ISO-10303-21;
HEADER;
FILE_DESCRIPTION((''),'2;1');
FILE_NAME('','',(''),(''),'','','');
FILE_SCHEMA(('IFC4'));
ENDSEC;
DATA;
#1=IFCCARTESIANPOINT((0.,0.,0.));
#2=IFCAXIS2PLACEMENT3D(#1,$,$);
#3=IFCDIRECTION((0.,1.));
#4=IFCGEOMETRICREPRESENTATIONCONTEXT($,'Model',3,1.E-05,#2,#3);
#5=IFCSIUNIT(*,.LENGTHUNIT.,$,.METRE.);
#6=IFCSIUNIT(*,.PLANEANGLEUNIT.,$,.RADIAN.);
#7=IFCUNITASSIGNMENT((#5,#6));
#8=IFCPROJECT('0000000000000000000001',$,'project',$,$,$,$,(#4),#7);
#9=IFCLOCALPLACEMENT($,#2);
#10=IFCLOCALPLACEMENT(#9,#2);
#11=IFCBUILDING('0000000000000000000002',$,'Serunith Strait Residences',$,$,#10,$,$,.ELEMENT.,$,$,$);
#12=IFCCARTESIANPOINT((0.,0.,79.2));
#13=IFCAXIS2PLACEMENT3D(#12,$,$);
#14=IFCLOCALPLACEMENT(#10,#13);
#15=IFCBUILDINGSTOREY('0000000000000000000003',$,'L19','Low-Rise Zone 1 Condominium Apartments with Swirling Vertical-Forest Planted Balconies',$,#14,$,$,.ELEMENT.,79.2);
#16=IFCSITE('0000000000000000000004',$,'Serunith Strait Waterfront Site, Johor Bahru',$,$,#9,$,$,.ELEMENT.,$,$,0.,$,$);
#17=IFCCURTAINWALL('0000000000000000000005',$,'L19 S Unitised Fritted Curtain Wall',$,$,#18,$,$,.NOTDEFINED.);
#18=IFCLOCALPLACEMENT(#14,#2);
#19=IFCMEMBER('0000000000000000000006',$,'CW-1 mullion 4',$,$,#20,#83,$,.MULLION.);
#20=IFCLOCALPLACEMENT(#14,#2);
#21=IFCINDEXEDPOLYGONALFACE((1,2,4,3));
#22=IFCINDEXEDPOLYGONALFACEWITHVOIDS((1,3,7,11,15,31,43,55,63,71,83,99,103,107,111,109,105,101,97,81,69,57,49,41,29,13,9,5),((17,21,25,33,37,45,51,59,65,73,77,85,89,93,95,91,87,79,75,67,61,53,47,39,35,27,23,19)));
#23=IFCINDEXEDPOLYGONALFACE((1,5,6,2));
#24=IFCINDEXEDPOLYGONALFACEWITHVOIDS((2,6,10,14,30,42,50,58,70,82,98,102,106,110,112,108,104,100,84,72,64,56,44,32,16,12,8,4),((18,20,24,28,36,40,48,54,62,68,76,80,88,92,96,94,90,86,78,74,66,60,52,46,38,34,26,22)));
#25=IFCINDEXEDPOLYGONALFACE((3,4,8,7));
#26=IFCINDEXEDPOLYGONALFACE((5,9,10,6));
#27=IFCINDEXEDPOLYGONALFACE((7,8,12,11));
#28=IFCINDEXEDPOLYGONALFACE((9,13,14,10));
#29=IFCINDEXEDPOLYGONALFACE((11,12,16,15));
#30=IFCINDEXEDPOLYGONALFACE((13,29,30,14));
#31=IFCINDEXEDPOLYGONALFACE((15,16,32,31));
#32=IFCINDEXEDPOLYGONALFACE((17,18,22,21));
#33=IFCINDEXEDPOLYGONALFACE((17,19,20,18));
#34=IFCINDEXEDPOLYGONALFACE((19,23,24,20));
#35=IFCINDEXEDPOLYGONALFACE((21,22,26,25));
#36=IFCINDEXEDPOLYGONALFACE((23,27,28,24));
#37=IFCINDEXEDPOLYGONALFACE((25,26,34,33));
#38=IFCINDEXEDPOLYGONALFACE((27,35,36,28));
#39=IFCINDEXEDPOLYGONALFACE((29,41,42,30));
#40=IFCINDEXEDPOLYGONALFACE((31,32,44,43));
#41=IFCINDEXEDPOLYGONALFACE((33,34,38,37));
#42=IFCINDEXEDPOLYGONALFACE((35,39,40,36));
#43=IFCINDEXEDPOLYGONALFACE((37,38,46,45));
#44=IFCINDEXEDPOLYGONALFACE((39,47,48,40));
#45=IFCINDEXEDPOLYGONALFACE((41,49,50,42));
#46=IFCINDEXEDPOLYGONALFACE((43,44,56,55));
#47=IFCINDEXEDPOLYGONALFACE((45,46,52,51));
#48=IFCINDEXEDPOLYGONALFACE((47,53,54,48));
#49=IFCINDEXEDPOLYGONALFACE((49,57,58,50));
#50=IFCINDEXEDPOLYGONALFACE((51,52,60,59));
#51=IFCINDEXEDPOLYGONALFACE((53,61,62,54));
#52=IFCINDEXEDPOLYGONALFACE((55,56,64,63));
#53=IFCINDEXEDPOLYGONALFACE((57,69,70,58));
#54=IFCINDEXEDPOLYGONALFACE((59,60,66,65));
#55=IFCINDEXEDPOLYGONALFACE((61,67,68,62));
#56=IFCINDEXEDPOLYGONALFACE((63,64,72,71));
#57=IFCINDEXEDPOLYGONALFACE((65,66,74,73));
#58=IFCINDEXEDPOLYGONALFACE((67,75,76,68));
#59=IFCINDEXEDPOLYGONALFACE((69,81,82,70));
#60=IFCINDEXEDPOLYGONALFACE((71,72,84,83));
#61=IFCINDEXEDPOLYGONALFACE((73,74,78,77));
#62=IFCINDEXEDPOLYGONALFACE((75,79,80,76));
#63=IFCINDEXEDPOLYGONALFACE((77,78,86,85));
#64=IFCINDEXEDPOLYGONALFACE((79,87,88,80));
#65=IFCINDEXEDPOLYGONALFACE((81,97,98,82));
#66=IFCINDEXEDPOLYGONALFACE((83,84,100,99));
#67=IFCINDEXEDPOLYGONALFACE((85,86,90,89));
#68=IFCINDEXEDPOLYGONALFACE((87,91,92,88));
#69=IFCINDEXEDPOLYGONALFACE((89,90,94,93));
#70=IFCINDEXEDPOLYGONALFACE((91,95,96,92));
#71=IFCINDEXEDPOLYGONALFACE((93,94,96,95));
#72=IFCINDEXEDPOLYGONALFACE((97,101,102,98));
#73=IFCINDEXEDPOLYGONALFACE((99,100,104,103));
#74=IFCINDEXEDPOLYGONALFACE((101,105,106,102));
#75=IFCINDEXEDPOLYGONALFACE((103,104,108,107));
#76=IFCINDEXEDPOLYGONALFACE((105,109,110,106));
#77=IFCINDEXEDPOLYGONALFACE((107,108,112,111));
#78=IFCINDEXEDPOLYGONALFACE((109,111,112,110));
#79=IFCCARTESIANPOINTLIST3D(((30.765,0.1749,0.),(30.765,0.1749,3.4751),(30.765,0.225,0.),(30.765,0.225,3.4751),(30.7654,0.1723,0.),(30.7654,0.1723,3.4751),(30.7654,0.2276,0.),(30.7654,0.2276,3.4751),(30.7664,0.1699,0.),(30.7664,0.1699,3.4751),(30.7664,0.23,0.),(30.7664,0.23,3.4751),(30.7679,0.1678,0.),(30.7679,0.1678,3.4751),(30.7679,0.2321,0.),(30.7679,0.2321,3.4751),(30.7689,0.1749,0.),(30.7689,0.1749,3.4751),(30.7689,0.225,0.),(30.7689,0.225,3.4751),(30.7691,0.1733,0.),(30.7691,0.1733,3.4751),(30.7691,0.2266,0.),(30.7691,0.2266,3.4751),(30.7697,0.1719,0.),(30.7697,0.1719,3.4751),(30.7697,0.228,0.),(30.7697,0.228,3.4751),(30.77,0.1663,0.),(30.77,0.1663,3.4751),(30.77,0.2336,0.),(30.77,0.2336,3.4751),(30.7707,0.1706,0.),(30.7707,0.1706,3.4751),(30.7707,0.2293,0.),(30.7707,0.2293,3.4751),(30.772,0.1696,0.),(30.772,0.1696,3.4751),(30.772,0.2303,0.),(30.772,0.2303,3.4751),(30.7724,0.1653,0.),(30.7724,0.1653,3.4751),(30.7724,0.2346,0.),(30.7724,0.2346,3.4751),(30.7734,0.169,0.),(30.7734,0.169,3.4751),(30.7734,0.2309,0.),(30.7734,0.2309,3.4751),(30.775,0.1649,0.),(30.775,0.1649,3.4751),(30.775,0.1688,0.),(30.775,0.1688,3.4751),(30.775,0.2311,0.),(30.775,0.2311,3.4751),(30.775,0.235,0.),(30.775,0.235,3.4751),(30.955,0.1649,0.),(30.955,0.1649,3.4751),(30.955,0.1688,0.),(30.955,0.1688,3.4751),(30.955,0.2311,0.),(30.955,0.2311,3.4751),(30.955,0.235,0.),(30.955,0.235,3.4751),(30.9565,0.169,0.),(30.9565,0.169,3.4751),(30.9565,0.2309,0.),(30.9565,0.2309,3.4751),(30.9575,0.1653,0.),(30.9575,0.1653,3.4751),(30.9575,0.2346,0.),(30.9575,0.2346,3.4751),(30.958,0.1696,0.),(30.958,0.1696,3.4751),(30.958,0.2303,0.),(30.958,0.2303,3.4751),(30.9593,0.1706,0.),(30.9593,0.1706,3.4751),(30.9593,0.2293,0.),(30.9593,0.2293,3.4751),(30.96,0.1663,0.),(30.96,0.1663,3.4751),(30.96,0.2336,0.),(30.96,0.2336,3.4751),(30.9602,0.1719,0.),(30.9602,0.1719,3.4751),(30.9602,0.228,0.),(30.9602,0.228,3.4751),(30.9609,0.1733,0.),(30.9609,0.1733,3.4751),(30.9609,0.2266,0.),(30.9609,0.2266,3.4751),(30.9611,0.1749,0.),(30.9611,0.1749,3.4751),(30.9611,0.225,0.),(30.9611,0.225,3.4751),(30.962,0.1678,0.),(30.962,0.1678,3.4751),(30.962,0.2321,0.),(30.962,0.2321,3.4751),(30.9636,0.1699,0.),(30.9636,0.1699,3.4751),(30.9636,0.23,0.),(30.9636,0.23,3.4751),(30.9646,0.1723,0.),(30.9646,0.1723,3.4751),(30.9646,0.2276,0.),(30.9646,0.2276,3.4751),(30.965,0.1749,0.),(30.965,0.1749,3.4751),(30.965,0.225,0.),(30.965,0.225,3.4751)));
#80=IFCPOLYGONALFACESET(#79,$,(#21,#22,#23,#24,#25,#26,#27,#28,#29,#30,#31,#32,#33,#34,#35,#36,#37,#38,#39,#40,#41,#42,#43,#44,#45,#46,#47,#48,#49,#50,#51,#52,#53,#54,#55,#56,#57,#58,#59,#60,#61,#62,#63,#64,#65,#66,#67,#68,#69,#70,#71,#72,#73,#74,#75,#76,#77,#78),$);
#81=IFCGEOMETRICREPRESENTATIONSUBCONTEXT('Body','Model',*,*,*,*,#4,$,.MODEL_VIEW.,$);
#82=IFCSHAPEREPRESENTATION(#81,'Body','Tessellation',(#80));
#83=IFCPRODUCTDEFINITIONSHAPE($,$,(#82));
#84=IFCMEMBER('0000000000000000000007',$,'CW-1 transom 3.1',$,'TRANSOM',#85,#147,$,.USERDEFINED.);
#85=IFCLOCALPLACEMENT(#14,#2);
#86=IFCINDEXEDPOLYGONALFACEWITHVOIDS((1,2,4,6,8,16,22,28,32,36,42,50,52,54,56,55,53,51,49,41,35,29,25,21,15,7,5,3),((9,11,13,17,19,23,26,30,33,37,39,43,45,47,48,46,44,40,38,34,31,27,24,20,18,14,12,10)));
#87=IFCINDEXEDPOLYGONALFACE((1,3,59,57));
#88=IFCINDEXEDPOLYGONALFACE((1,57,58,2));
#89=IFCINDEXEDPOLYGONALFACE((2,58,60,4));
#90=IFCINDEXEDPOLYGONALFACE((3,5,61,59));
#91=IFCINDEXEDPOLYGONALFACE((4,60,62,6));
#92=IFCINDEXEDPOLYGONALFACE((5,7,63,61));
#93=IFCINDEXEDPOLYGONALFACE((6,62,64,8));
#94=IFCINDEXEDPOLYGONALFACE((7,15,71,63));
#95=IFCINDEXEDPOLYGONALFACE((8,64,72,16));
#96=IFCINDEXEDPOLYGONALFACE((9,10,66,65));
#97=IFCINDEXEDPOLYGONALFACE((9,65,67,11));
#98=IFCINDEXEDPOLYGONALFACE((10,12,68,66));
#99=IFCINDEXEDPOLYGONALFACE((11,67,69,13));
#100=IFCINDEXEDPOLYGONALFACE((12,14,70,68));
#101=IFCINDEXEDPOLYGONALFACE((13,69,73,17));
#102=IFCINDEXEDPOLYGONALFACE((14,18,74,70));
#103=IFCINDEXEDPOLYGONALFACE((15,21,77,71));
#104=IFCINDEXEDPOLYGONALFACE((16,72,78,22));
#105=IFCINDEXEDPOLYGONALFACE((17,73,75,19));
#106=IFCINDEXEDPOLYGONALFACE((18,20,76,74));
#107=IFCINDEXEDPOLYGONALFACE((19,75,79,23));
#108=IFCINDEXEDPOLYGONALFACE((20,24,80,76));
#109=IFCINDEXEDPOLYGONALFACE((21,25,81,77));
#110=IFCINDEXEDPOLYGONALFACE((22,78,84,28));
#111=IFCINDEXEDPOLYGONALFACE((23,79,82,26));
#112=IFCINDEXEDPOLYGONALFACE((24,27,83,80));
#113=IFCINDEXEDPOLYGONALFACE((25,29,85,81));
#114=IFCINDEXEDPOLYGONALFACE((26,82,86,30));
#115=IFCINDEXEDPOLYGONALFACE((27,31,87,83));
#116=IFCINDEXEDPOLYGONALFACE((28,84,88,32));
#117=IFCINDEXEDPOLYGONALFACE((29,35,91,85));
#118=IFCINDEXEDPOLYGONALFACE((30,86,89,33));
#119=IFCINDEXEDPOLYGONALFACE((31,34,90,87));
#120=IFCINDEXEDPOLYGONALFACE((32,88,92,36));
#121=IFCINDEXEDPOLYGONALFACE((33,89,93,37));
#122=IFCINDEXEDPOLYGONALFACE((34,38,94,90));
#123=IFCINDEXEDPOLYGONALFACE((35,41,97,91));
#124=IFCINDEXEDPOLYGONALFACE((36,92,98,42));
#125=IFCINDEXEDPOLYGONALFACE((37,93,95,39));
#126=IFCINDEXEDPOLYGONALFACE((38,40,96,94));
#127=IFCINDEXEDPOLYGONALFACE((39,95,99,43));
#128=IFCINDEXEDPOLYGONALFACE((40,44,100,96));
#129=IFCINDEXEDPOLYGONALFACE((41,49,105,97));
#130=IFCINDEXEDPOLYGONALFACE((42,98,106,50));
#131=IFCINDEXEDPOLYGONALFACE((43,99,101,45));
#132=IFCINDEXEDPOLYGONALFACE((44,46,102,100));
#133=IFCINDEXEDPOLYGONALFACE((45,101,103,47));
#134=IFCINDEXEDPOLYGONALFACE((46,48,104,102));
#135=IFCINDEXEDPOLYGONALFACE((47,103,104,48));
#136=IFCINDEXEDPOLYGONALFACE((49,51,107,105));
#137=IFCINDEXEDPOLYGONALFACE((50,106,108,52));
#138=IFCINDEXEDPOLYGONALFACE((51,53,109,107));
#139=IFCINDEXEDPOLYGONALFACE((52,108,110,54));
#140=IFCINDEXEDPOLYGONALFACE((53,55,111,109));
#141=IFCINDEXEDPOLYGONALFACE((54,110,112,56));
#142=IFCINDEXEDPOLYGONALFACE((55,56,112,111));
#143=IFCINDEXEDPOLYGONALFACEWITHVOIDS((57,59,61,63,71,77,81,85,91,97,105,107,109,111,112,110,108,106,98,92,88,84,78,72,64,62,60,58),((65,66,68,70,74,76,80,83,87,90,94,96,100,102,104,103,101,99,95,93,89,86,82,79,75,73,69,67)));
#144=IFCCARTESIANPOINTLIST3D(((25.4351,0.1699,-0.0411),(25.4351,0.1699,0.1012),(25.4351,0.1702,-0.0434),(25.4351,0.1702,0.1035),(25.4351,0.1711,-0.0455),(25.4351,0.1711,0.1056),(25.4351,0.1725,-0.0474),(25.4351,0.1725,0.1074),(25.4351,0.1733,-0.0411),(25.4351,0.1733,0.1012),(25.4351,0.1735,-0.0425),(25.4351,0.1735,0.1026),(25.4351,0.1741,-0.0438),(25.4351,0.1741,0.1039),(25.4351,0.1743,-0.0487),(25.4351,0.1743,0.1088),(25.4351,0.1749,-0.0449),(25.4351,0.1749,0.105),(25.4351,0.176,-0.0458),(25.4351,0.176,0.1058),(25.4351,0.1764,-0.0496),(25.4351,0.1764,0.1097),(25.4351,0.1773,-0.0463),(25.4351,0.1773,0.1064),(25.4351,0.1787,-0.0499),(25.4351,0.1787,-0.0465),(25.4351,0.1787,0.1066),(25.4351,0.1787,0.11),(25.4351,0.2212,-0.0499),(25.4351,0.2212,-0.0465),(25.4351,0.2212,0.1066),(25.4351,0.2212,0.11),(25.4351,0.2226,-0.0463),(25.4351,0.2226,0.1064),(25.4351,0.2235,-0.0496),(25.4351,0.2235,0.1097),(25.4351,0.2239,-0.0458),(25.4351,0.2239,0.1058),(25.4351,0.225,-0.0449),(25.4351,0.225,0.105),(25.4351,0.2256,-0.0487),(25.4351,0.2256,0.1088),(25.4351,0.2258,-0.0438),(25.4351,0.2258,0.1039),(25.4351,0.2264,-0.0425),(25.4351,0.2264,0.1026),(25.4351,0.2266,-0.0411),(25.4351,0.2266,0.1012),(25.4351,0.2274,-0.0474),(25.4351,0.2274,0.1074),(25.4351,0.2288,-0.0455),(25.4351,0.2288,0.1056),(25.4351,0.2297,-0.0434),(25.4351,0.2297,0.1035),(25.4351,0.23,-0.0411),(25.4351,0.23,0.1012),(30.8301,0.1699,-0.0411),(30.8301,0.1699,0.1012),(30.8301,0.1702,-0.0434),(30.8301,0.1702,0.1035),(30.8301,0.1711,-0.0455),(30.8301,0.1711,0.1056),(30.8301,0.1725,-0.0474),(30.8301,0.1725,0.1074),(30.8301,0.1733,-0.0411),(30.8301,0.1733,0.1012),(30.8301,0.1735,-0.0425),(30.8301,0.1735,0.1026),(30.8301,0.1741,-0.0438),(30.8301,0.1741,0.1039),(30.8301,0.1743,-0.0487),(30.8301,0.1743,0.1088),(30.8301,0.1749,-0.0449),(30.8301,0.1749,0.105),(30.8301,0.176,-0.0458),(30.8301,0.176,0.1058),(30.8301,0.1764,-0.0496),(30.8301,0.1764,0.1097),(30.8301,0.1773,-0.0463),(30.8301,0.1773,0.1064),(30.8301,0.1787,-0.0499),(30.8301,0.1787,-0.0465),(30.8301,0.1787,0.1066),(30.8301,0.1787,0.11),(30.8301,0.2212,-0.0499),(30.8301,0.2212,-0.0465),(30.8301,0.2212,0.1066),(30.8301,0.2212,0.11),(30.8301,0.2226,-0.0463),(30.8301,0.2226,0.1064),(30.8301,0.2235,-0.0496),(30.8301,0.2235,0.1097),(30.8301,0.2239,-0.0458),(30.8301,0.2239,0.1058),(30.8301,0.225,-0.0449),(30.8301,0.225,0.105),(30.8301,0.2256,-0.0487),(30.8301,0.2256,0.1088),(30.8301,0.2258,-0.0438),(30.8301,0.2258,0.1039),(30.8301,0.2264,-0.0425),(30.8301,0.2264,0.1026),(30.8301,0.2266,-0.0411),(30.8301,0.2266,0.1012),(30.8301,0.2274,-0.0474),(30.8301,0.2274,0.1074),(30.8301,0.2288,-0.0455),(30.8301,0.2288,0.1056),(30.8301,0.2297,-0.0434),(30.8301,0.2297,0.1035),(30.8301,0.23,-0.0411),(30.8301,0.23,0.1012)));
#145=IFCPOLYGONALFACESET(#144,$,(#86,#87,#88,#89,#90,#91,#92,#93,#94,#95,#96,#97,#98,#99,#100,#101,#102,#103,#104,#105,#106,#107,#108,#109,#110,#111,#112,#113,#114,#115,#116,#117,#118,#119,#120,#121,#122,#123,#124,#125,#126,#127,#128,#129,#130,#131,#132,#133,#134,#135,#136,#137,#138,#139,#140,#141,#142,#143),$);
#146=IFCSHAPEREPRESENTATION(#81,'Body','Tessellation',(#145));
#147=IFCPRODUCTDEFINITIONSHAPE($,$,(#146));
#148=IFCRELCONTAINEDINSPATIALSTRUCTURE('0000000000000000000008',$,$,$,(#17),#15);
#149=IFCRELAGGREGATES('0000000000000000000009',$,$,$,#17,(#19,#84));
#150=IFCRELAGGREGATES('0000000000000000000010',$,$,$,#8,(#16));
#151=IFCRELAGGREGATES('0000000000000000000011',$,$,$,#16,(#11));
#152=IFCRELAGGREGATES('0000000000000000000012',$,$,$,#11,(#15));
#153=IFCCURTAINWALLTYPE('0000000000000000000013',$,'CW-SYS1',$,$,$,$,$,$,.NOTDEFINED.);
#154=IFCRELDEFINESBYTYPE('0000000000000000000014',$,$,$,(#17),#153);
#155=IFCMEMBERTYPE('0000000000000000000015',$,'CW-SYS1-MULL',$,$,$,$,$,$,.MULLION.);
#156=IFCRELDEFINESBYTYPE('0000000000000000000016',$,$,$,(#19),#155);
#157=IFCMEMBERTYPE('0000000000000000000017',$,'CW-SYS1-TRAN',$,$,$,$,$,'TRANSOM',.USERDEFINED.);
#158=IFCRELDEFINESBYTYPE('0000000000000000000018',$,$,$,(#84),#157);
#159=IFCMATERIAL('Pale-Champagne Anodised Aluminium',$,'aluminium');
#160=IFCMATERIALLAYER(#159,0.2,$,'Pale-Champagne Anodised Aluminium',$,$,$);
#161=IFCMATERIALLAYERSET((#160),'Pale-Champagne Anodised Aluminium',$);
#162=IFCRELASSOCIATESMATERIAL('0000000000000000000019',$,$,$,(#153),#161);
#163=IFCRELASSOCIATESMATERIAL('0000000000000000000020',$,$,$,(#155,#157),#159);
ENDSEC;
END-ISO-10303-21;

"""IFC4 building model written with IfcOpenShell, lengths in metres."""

from ifc_helpers import new_model, si_unit, direction, frame, origin, origin_2d, place, context, subcontext, project, spatial, hollow_rectangle, extrude, source, transform, mapped, material, layer, layer_set, material_profile, profile_set, type_object, element, aggregate, save


model = new_model("IFC4")

# Units and contexts
model_context = context("Model", 3, precision=1e-05, world=origin(), true_north=direction((0.0, 1.0)))
body_context = subcontext(model_context, "Body", "Model", "MODEL_VIEW")
ifc_project = project(units=[si_unit("LENGTHUNIT", "METRE"), si_unit("PLANEANGLEUNIT", "RADIAN")], contexts=[model_context])

# Site, building, storey
site_placement = place(None, origin())
site = spatial("IfcSite", under=ifc_project, at=site_placement, Name="Serunith Strait Waterfront Site, Johor Bahru", CompositionType="ELEMENT", RefElevation=0.0)
building_placement = place(site_placement, origin())
building = spatial("IfcBuilding", under=site, at=building_placement, Name="Serunith Strait Residences", CompositionType="ELEMENT")
storey_placement = place(building_placement, frame((0.0, 0.0, 79.2)))
storey = spatial("IfcBuildingStorey", under=building, at=storey_placement, Name="L19", Description="Low-Rise Zone 1 Condominium Apartments with Swirling Vertical-Forest Planted Balconies", CompositionType="ELEMENT", Elevation=79.2)

# Curtain wall, members
ifc_material_1 = material(Name="Pale-Champagne Anodised Aluminium", Category="aluminium")
ifc_layer_1 = layer(ifc_material_1, 0.2, Name="Pale-Champagne Anodised Aluminium")
ifc_layer_set_1 = layer_set([ifc_layer_1], Name="Pale-Champagne Anodised Aluminium")
curtain_wall_type = type_object("IfcCurtainWallType", Name="CW-SYS1", PredefinedType="NOTDEFINED", material=ifc_layer_set_1)
curtain_wall_placement = place(storey_placement, origin())
curtain_wall = element("IfcCurtainWall", 1, at=curtain_wall_placement, inside=storey, type_object=curtain_wall_type, Name="L19 S Unitised Fritted Curtain Wall", PredefinedType="NOTDEFINED")
ifc_material_profile_1 = material_profile(ifc_material_1, hollow_rectangle(XDim=0.0701, YDim=0.2, WallThickness=0.0039, InnerFilletRadius=0.0061, OuterFilletRadius=0.01, at=origin_2d()), Name="ALU 200x70x4")
ifc_profile_set_1 = profile_set([ifc_material_profile_1], Name="Pale-Champagne Anodised Aluminium")
member_type_1 = type_object("IfcMemberType", Name="CW-SYS1-MULL", PredefinedType="MULLION", material=ifc_profile_set_1)
shared_shape_1 = source(origin(), body_context, "Body", "SweptSolid", [
    extrude(hollow_rectangle(XDim=0.0701, YDim=0.2, WallThickness=0.0039, InnerFilletRadius=0.0061, OuterFilletRadius=0.01, at=origin_2d()), origin(), (0.0, 0.0, 1.0), 3.4751),
])
member_1_placement = place(storey_placement, frame((30.865, 0.2, 0.0), z_axis=(0.0, 0.0, 1.0), x_axis=(0.0, 1.0, 0.0)))
member_1 = element("IfcMember", 2, at=member_1_placement, type_object=member_type_1, Name="CW-1 mullion 4", PredefinedType="MULLION", context=body_context, shape_type="MappedRepresentation", body=[
    mapped(shared_shape_1, transform((0.0, 0.0, 0.0), scale=1.0)),
])
ifc_material_profile_2 = material_profile(ifc_material_1, hollow_rectangle(XDim=0.0601, YDim=0.1599, WallThickness=0.0034, InnerFilletRadius=0.0054, OuterFilletRadius=0.0088, at=origin_2d()), Name="ALU 160x60x3.5")
ifc_profile_set_2 = profile_set([ifc_material_profile_2], Name="Pale-Champagne Anodised Aluminium")
member_type_2 = type_object("IfcMemberType", Name="CW-SYS1-TRAN", ElementType="TRANSOM", PredefinedType="USERDEFINED", material=ifc_profile_set_2)
shared_shape_2 = source(origin(), body_context, "Body", "SweptSolid", [
    extrude(hollow_rectangle(XDim=0.0601, YDim=0.1599, WallThickness=0.0034, InnerFilletRadius=0.0054, OuterFilletRadius=0.0088, at=origin_2d()), origin(), (0.0, 0.0, 1.0), 5.395),
])
member_2_placement = place(storey_placement, frame((25.4351, 0.2, 0.03), z_axis=(1.0, 0.0, 0.0), x_axis=(0.0, 1.0, 0.0)))
member_2 = element("IfcMember", 3, at=member_2_placement, type_object=member_type_2, Name="CW-1 transom 3.1", ObjectType="TRANSOM", PredefinedType="USERDEFINED", context=body_context, shape_type="MappedRepresentation", body=[
    mapped(shared_shape_2, transform((0.0, 0.0, 0.0), scale=1.0)),
])
aggregate(curtain_wall, [member_1, member_2])

save(model, "model.ifc")
